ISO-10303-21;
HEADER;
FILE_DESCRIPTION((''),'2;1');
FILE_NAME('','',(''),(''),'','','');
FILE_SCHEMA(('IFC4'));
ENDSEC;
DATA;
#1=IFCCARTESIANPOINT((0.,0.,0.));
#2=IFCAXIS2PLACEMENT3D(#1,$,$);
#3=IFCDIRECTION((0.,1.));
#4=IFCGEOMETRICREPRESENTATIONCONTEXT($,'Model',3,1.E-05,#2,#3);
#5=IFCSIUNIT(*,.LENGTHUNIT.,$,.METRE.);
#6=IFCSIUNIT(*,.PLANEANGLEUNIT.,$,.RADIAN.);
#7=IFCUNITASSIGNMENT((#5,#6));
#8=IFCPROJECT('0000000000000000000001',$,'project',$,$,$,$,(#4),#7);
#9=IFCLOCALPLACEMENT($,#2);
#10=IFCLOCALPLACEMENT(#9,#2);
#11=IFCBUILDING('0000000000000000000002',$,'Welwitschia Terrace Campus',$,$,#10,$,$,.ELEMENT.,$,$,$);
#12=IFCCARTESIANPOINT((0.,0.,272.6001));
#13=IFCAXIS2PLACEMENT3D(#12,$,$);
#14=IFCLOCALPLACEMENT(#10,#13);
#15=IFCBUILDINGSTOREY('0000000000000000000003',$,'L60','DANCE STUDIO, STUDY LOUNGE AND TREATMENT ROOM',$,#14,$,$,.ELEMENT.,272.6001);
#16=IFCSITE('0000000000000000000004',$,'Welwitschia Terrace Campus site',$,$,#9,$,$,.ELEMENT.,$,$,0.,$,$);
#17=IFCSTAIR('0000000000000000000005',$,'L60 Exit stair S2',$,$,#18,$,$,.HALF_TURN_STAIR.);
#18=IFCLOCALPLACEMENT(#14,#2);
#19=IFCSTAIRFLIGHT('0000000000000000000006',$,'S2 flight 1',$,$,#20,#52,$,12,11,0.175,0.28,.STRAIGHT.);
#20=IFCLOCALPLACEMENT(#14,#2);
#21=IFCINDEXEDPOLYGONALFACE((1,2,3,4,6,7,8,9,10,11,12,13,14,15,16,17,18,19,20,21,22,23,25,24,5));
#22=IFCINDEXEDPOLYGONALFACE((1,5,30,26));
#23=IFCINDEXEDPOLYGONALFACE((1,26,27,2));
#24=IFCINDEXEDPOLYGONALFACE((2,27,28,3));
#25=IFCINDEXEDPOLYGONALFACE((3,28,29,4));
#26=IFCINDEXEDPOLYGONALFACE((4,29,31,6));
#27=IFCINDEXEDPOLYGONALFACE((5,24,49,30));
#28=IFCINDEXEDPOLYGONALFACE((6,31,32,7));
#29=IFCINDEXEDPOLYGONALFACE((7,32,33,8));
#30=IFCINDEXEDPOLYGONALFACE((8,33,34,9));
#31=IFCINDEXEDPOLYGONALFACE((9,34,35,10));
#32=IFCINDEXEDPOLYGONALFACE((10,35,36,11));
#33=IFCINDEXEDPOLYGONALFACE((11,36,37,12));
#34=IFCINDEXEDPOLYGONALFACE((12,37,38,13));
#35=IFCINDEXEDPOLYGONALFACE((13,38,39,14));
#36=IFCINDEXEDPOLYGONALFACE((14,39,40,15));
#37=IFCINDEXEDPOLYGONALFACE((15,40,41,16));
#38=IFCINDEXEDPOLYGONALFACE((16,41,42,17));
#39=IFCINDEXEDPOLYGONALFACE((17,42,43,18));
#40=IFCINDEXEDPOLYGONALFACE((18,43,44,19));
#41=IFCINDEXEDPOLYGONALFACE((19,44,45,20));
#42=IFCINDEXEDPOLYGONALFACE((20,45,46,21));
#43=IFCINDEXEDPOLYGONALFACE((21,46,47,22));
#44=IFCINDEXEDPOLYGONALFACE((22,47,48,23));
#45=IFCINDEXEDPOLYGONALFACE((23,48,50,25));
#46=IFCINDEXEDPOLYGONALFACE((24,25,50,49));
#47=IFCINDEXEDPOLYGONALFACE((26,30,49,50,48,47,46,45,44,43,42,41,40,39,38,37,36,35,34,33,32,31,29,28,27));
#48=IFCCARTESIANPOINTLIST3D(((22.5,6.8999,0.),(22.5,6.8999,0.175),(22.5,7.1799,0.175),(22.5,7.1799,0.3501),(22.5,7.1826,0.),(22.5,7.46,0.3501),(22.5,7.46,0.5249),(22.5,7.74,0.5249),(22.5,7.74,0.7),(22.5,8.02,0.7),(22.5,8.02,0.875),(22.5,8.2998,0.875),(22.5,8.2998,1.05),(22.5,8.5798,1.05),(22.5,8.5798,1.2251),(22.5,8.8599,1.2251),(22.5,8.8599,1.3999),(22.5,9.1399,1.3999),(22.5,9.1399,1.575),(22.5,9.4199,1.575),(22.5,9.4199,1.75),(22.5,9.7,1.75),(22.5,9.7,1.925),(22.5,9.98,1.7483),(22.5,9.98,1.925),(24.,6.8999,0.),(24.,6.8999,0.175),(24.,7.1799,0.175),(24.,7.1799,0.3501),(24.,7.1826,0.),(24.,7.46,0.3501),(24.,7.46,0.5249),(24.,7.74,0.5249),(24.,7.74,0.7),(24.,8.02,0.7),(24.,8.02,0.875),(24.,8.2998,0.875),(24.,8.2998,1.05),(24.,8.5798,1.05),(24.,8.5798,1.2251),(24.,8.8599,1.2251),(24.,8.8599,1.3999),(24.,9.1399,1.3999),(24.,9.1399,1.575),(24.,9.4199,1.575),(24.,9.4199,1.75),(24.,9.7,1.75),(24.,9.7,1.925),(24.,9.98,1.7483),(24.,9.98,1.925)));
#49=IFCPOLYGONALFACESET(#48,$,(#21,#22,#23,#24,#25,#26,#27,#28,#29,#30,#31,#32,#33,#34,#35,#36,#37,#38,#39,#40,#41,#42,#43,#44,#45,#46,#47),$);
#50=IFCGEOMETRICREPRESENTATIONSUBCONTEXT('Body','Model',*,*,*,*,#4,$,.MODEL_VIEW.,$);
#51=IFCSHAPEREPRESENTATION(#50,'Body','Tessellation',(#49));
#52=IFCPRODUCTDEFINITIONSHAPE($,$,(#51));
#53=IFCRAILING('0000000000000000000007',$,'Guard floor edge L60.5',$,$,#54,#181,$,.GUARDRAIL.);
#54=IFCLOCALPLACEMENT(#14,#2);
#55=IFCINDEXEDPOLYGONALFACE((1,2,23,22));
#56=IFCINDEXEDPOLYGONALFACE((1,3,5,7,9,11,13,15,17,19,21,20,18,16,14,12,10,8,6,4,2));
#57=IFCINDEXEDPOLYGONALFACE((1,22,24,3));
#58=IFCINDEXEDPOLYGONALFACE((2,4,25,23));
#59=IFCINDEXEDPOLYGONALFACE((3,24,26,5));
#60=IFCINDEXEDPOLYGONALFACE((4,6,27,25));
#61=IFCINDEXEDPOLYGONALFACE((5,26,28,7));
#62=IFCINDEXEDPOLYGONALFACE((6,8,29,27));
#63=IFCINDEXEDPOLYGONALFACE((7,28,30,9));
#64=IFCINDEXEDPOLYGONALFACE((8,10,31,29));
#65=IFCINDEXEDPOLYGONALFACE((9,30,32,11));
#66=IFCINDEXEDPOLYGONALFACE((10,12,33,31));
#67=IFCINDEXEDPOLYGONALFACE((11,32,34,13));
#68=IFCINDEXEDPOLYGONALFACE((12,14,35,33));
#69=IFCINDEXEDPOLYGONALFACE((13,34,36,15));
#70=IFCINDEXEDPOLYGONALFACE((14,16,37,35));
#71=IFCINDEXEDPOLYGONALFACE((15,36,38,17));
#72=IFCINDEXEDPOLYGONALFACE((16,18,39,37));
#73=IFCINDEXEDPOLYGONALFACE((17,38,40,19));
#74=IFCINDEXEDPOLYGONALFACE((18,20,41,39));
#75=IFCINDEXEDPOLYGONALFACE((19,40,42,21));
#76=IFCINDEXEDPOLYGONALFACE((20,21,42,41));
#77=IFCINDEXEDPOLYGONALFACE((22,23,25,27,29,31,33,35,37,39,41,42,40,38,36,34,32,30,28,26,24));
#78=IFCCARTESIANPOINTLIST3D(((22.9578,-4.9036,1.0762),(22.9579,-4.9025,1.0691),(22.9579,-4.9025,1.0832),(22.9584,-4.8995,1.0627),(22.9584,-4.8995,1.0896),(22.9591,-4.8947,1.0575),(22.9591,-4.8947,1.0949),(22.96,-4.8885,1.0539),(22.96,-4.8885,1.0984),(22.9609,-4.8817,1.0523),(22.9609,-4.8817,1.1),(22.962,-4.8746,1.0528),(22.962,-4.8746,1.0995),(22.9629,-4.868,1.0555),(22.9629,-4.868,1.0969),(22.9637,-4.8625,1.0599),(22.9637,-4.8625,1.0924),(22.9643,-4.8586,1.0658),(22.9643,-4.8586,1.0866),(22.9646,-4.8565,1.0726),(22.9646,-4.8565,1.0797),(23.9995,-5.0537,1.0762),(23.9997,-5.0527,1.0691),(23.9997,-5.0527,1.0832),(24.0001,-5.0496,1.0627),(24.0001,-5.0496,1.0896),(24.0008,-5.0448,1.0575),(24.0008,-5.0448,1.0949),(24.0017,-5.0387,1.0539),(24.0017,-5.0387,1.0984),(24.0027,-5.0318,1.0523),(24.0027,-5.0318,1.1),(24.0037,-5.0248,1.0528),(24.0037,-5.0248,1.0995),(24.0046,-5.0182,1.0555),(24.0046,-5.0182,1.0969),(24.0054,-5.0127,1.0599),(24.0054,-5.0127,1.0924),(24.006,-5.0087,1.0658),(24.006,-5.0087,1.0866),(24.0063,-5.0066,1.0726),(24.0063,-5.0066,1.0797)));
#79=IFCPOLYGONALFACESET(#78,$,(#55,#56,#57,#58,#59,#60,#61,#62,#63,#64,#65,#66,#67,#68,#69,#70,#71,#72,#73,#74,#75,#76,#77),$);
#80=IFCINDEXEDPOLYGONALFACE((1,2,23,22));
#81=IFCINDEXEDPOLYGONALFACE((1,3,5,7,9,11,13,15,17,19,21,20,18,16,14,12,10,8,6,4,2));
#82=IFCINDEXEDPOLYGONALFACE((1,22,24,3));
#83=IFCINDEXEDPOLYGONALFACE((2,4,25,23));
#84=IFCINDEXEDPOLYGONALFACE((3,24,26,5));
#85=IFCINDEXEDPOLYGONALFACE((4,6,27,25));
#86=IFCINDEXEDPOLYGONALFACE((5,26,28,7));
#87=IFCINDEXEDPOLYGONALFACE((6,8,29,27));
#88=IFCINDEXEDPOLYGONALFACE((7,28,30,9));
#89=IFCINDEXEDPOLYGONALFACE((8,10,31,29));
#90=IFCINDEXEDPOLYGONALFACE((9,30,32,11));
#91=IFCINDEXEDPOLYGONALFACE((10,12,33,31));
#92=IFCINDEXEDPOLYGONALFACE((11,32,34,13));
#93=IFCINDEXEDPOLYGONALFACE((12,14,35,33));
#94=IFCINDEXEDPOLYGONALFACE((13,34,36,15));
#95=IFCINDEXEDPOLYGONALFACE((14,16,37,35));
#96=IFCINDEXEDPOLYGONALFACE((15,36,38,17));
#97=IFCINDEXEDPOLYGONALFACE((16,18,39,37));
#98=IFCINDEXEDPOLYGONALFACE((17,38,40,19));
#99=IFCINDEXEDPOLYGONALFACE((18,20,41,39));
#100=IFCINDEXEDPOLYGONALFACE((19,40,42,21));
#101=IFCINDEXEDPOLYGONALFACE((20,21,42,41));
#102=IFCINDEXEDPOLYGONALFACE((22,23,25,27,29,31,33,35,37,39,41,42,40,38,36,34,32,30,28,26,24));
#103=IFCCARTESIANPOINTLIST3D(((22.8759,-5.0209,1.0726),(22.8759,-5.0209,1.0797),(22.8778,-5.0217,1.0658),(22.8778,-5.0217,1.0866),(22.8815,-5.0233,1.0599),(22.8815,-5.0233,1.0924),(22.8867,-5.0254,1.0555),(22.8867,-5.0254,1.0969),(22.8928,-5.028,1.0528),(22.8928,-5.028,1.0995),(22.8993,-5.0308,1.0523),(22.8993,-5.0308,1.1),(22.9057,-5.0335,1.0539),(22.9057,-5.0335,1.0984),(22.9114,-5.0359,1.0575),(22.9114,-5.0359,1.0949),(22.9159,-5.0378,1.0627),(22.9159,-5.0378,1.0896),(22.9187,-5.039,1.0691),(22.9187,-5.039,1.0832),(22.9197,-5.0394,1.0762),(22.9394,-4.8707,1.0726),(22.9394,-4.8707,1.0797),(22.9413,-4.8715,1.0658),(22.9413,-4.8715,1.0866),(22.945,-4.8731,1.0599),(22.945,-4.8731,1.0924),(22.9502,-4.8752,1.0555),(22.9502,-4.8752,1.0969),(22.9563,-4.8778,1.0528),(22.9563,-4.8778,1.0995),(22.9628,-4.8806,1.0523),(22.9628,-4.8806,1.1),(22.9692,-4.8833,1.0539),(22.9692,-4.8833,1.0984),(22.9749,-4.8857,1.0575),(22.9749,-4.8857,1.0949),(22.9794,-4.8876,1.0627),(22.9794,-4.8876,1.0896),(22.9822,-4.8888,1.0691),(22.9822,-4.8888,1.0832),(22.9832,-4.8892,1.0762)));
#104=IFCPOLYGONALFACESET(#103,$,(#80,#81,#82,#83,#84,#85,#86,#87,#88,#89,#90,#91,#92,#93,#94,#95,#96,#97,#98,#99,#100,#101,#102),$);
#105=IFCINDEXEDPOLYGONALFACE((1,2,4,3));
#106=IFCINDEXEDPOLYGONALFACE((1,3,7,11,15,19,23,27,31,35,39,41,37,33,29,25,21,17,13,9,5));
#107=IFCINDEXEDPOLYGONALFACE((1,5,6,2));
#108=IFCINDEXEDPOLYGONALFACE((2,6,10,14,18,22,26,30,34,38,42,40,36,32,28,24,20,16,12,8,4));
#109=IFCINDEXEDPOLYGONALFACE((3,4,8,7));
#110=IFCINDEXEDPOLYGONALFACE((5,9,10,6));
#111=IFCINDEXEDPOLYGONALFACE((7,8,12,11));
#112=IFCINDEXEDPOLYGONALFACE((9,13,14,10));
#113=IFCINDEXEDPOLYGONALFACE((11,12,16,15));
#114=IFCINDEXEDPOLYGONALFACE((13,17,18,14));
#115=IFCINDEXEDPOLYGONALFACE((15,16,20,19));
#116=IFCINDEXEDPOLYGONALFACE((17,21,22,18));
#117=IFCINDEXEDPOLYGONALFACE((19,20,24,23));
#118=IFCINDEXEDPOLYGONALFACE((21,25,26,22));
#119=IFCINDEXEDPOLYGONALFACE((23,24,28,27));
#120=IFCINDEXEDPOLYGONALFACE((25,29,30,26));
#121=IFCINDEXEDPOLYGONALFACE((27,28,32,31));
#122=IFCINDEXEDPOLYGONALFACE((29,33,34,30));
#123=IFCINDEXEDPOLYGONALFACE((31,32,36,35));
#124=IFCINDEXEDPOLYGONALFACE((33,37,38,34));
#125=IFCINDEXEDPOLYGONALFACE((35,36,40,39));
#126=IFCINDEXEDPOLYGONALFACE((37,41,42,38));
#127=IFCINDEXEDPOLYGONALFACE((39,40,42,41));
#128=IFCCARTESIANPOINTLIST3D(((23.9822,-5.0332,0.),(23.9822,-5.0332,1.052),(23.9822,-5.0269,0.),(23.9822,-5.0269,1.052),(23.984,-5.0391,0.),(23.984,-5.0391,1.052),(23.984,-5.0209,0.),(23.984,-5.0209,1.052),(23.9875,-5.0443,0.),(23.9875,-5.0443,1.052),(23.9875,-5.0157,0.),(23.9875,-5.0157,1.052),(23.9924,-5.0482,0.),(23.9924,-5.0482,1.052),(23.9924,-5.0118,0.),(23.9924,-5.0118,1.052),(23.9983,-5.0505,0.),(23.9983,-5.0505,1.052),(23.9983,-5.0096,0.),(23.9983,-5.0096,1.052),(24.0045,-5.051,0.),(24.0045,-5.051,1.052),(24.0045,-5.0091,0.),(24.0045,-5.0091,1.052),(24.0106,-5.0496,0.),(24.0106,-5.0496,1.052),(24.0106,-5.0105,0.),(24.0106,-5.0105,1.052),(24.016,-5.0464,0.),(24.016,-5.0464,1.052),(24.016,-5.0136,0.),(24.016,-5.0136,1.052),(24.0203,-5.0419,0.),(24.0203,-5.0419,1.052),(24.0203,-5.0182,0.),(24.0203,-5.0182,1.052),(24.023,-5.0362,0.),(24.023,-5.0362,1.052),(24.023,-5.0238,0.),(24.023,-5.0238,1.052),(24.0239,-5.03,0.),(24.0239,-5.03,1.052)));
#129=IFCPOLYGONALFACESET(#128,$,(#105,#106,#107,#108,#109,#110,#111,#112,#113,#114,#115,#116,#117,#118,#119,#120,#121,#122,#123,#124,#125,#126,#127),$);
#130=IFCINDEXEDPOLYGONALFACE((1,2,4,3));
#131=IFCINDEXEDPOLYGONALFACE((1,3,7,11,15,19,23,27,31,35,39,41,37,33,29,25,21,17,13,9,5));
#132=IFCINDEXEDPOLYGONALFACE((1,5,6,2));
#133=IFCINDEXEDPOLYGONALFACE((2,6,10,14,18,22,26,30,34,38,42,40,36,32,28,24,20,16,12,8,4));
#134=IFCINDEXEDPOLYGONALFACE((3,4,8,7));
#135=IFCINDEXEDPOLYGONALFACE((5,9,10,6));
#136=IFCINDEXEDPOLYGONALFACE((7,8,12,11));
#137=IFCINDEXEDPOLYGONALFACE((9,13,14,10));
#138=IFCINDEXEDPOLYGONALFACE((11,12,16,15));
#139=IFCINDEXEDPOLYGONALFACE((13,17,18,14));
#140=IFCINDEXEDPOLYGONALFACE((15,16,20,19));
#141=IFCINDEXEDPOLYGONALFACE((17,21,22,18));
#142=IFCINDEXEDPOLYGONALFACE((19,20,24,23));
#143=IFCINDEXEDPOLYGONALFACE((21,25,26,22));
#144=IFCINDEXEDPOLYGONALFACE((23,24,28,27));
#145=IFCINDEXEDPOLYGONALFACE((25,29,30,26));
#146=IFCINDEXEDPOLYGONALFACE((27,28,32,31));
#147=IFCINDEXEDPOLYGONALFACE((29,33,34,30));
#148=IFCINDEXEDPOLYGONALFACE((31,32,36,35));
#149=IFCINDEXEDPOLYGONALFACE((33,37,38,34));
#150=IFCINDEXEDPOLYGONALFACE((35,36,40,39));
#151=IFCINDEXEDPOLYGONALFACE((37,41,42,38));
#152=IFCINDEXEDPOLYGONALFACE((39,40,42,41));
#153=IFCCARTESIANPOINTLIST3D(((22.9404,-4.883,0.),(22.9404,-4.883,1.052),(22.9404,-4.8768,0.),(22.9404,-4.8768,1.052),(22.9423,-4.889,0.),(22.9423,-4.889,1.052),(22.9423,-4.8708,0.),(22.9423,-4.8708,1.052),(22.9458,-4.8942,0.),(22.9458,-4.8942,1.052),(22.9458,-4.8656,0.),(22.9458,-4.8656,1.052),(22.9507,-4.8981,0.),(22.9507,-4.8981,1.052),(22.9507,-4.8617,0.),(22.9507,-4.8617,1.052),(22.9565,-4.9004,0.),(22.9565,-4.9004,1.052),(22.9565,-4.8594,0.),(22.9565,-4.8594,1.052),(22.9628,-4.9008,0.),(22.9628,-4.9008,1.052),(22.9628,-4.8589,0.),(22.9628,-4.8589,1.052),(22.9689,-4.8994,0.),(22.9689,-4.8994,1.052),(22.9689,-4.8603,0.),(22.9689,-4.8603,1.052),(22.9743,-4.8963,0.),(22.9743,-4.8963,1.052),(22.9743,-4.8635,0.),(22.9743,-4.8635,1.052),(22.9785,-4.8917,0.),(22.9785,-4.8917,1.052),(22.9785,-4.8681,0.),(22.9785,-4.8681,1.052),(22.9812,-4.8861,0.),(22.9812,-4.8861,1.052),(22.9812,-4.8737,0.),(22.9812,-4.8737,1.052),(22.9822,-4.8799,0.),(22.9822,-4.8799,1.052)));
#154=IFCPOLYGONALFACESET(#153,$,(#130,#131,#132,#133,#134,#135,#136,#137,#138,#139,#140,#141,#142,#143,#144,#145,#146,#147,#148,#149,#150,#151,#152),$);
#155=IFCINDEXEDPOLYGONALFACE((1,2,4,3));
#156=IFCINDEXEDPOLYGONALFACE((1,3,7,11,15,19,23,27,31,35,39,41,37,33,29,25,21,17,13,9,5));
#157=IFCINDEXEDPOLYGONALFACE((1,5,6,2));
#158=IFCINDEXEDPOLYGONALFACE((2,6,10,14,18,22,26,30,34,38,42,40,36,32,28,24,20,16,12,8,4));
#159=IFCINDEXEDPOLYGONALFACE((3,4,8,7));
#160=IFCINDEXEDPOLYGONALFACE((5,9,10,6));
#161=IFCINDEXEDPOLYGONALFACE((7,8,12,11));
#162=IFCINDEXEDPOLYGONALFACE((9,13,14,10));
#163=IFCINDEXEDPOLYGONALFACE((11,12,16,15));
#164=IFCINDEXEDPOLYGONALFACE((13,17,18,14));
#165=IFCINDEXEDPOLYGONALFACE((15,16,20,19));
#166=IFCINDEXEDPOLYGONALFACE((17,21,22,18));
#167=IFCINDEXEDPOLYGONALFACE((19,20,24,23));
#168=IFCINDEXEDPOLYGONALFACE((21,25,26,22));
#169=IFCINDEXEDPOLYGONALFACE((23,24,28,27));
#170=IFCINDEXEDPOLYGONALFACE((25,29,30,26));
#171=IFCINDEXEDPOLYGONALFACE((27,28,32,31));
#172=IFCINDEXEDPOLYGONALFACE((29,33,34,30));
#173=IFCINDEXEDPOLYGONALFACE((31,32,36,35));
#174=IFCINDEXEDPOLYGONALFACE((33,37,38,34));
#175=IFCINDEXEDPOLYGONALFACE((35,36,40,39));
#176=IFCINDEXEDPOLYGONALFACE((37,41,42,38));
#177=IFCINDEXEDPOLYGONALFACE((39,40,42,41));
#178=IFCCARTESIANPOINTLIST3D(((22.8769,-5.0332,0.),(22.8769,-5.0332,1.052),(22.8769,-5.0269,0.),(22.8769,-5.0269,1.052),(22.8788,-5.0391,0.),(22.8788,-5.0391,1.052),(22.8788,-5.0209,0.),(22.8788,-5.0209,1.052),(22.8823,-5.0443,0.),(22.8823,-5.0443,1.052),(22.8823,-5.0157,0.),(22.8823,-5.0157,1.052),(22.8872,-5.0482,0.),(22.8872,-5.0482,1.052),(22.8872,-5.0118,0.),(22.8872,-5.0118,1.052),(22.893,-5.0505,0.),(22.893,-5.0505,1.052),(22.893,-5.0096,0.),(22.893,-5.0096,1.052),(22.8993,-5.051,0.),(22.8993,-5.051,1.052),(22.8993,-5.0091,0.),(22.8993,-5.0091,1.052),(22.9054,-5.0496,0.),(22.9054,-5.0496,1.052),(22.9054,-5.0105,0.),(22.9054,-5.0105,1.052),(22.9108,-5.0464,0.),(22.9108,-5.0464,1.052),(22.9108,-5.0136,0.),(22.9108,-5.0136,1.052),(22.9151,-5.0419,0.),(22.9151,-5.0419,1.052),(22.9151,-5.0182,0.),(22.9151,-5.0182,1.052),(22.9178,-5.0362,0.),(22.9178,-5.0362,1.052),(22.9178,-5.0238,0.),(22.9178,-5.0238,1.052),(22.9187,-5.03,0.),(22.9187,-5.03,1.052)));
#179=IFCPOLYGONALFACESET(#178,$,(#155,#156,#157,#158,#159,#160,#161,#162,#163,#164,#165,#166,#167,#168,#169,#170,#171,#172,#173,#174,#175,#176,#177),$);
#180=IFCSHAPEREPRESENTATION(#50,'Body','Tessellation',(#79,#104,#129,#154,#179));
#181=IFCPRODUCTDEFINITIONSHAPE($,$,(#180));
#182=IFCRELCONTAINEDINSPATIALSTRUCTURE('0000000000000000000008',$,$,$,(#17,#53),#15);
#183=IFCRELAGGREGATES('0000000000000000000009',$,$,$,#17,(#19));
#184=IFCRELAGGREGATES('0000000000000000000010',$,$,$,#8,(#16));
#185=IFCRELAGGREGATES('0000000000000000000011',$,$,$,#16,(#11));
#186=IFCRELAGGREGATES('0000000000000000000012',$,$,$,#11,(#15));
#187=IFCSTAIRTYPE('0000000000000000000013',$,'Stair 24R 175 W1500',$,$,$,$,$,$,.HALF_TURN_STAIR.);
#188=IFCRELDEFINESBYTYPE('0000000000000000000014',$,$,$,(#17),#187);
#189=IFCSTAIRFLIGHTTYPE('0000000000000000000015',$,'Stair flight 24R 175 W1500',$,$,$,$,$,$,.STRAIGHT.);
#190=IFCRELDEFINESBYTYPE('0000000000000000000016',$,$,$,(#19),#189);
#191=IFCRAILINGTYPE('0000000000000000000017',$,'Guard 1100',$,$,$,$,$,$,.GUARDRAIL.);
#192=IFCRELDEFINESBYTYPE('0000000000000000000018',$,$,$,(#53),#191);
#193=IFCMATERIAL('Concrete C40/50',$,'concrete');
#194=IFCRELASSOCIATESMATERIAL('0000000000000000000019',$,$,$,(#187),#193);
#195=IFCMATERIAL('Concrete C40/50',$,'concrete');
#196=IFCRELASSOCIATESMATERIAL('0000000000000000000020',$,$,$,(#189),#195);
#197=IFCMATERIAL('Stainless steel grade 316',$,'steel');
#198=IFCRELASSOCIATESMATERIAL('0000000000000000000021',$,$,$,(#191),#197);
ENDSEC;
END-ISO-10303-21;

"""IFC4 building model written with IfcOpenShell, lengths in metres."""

from ifc_helpers import new_model, si_unit, direction, frame, origin, origin_2d, place, context, subcontext, project, spatial, polyline, circle, outline, extrude, material, type_object, element, aggregate, save


model = new_model("IFC4")

# Units and contexts
model_context = context("Model", 3, precision=1e-05, world=origin(), true_north=direction((0.0, 1.0)))
body_context = subcontext(model_context, "Body", "Model", "MODEL_VIEW")
ifc_project = project(units=[si_unit("LENGTHUNIT", "METRE"), si_unit("PLANEANGLEUNIT", "RADIAN")], contexts=[model_context])

# Site, building, storey
site_placement = place(None, origin())
site = spatial("IfcSite", under=ifc_project, at=site_placement, Name="Welwitschia Terrace Campus site", CompositionType="ELEMENT", RefElevation=0.0)
building_placement = place(site_placement, origin())
building = spatial("IfcBuilding", under=site, at=building_placement, Name="Welwitschia Terrace Campus", CompositionType="ELEMENT")
storey_placement = place(building_placement, frame((0.0, 0.0, 272.6001)))
storey = spatial("IfcBuildingStorey", under=building, at=storey_placement, Name="L60", Description="DANCE STUDIO, STUDY LOUNGE AND TREATMENT ROOM", CompositionType="ELEMENT", Elevation=272.6001)

# Stair, stair flight
ifc_material_1 = material(Name="Concrete C40/50", Category="concrete")
stair_type = type_object("IfcStairType", Name="Stair 24R 175 W1500", PredefinedType="HALF_TURN_STAIR", material=ifc_material_1)
stair_placement = place(storey_placement, origin())
stair = element("IfcStair", 1, at=stair_placement, inside=storey, type_object=stair_type, Name="L60 Exit stair S2", PredefinedType="HALF_TURN_STAIR")
ifc_material_2 = material(Name="Concrete C40/50", Category="concrete")
stair_flight_type = type_object("IfcStairFlightType", Name="Stair flight 24R 175 W1500", PredefinedType="STRAIGHT", material=ifc_material_2)
stair_flight_placement = place(storey_placement, frame((23.25, 6.8999, 0.0), z_axis=(0.0, 0.0, 1.0), x_axis=(0.0, 1.0, 0.0)))
stair_flight = element("IfcStairFlight", 2, at=stair_flight_placement, type_object=stair_flight_type, Name="S2 flight 1", NumberOfRisers=12, NumberOfTreads=11, PredefinedType="STRAIGHT", RiserHeight=0.175, TreadLength=0.28, context=body_context, shape_type="SweptSolid", body=[
    extrude(outline(polyline([(0.0, 0.0), (0.0, 0.175), (0.28, 0.175), (0.28, 0.3501), (0.5601, 0.3501), (0.5601, 0.5249), (0.8401, 0.5249), (0.8401, 0.7), (1.1201, 0.7), (1.1201, 0.875), (1.3999, 0.875), (1.3999, 1.05), (1.6799, 1.05), (1.6799, 1.2251), (1.96, 1.2251), (1.96, 1.3999), (2.24, 1.3999), (2.24, 1.575), (2.52, 1.575), (2.52, 1.75), (2.8, 1.75), (2.8, 1.925), (3.0801, 1.925), (3.0801, 2.1001), (3.0801, 1.7483), (0.2827, 0.0), (0.0, 0.0)])), frame((0.0, 0.75, 0.0), z_axis=(0.0, -1.0, 0.0), x_axis=(1.0, 0.0, 0.0)), (0.0, 0.0, 1.0), 1.5),
])
aggregate(stair, [stair_flight])

# Railing
ifc_material_3 = material(Name="Stainless steel grade 316", Category="steel")
railing_type_1 = type_object("IfcRailingType", Name="Guard 1100", PredefinedType="GUARDRAIL", material=ifc_material_3)
railing_1_placement = place(storey_placement, frame((24.0029, -5.03, 0.0)))
element("IfcRailing", 3, at=railing_1_placement, inside=storey, type_object=railing_type_1, Name="Guard floor edge L60.5", PredefinedType="GUARDRAIL", context=body_context, shape_type="SweptSolid", body=[
    extrude(circle(Radius=0.0239, at=origin_2d()), frame((0.0, 0.0, 1.0762), z_axis=(-0.989772, 0.142655, 0.0), x_axis=(-0.142655, -0.989772, 0.0)), (0.0, 0.0, 1.0), 1.0525),
    extrude(circle(Radius=0.0239, at=origin_2d()), frame((-1.0417, 0.1501, 1.0762), z_axis=(-0.389396, -0.921071, 0.0), x_axis=(0.921071, -0.389396, 0.0)), (0.0, 0.0, 1.0), 0.1631),
    extrude(circle(Radius=0.021, at=origin_2d()), origin(), (0.0, 0.0, 1.0), 1.052),
    extrude(circle(Radius=0.021, at=origin_2d()), frame((-1.0417, 0.1501, 0.0)), (0.0, 0.0, 1.0), 1.052),
    extrude(circle(Radius=0.021, at=origin_2d()), frame((-1.1052, 0.0, 0.0)), (0.0, 0.0, 1.0), 1.052),
])

save(model, "model.ifc")
